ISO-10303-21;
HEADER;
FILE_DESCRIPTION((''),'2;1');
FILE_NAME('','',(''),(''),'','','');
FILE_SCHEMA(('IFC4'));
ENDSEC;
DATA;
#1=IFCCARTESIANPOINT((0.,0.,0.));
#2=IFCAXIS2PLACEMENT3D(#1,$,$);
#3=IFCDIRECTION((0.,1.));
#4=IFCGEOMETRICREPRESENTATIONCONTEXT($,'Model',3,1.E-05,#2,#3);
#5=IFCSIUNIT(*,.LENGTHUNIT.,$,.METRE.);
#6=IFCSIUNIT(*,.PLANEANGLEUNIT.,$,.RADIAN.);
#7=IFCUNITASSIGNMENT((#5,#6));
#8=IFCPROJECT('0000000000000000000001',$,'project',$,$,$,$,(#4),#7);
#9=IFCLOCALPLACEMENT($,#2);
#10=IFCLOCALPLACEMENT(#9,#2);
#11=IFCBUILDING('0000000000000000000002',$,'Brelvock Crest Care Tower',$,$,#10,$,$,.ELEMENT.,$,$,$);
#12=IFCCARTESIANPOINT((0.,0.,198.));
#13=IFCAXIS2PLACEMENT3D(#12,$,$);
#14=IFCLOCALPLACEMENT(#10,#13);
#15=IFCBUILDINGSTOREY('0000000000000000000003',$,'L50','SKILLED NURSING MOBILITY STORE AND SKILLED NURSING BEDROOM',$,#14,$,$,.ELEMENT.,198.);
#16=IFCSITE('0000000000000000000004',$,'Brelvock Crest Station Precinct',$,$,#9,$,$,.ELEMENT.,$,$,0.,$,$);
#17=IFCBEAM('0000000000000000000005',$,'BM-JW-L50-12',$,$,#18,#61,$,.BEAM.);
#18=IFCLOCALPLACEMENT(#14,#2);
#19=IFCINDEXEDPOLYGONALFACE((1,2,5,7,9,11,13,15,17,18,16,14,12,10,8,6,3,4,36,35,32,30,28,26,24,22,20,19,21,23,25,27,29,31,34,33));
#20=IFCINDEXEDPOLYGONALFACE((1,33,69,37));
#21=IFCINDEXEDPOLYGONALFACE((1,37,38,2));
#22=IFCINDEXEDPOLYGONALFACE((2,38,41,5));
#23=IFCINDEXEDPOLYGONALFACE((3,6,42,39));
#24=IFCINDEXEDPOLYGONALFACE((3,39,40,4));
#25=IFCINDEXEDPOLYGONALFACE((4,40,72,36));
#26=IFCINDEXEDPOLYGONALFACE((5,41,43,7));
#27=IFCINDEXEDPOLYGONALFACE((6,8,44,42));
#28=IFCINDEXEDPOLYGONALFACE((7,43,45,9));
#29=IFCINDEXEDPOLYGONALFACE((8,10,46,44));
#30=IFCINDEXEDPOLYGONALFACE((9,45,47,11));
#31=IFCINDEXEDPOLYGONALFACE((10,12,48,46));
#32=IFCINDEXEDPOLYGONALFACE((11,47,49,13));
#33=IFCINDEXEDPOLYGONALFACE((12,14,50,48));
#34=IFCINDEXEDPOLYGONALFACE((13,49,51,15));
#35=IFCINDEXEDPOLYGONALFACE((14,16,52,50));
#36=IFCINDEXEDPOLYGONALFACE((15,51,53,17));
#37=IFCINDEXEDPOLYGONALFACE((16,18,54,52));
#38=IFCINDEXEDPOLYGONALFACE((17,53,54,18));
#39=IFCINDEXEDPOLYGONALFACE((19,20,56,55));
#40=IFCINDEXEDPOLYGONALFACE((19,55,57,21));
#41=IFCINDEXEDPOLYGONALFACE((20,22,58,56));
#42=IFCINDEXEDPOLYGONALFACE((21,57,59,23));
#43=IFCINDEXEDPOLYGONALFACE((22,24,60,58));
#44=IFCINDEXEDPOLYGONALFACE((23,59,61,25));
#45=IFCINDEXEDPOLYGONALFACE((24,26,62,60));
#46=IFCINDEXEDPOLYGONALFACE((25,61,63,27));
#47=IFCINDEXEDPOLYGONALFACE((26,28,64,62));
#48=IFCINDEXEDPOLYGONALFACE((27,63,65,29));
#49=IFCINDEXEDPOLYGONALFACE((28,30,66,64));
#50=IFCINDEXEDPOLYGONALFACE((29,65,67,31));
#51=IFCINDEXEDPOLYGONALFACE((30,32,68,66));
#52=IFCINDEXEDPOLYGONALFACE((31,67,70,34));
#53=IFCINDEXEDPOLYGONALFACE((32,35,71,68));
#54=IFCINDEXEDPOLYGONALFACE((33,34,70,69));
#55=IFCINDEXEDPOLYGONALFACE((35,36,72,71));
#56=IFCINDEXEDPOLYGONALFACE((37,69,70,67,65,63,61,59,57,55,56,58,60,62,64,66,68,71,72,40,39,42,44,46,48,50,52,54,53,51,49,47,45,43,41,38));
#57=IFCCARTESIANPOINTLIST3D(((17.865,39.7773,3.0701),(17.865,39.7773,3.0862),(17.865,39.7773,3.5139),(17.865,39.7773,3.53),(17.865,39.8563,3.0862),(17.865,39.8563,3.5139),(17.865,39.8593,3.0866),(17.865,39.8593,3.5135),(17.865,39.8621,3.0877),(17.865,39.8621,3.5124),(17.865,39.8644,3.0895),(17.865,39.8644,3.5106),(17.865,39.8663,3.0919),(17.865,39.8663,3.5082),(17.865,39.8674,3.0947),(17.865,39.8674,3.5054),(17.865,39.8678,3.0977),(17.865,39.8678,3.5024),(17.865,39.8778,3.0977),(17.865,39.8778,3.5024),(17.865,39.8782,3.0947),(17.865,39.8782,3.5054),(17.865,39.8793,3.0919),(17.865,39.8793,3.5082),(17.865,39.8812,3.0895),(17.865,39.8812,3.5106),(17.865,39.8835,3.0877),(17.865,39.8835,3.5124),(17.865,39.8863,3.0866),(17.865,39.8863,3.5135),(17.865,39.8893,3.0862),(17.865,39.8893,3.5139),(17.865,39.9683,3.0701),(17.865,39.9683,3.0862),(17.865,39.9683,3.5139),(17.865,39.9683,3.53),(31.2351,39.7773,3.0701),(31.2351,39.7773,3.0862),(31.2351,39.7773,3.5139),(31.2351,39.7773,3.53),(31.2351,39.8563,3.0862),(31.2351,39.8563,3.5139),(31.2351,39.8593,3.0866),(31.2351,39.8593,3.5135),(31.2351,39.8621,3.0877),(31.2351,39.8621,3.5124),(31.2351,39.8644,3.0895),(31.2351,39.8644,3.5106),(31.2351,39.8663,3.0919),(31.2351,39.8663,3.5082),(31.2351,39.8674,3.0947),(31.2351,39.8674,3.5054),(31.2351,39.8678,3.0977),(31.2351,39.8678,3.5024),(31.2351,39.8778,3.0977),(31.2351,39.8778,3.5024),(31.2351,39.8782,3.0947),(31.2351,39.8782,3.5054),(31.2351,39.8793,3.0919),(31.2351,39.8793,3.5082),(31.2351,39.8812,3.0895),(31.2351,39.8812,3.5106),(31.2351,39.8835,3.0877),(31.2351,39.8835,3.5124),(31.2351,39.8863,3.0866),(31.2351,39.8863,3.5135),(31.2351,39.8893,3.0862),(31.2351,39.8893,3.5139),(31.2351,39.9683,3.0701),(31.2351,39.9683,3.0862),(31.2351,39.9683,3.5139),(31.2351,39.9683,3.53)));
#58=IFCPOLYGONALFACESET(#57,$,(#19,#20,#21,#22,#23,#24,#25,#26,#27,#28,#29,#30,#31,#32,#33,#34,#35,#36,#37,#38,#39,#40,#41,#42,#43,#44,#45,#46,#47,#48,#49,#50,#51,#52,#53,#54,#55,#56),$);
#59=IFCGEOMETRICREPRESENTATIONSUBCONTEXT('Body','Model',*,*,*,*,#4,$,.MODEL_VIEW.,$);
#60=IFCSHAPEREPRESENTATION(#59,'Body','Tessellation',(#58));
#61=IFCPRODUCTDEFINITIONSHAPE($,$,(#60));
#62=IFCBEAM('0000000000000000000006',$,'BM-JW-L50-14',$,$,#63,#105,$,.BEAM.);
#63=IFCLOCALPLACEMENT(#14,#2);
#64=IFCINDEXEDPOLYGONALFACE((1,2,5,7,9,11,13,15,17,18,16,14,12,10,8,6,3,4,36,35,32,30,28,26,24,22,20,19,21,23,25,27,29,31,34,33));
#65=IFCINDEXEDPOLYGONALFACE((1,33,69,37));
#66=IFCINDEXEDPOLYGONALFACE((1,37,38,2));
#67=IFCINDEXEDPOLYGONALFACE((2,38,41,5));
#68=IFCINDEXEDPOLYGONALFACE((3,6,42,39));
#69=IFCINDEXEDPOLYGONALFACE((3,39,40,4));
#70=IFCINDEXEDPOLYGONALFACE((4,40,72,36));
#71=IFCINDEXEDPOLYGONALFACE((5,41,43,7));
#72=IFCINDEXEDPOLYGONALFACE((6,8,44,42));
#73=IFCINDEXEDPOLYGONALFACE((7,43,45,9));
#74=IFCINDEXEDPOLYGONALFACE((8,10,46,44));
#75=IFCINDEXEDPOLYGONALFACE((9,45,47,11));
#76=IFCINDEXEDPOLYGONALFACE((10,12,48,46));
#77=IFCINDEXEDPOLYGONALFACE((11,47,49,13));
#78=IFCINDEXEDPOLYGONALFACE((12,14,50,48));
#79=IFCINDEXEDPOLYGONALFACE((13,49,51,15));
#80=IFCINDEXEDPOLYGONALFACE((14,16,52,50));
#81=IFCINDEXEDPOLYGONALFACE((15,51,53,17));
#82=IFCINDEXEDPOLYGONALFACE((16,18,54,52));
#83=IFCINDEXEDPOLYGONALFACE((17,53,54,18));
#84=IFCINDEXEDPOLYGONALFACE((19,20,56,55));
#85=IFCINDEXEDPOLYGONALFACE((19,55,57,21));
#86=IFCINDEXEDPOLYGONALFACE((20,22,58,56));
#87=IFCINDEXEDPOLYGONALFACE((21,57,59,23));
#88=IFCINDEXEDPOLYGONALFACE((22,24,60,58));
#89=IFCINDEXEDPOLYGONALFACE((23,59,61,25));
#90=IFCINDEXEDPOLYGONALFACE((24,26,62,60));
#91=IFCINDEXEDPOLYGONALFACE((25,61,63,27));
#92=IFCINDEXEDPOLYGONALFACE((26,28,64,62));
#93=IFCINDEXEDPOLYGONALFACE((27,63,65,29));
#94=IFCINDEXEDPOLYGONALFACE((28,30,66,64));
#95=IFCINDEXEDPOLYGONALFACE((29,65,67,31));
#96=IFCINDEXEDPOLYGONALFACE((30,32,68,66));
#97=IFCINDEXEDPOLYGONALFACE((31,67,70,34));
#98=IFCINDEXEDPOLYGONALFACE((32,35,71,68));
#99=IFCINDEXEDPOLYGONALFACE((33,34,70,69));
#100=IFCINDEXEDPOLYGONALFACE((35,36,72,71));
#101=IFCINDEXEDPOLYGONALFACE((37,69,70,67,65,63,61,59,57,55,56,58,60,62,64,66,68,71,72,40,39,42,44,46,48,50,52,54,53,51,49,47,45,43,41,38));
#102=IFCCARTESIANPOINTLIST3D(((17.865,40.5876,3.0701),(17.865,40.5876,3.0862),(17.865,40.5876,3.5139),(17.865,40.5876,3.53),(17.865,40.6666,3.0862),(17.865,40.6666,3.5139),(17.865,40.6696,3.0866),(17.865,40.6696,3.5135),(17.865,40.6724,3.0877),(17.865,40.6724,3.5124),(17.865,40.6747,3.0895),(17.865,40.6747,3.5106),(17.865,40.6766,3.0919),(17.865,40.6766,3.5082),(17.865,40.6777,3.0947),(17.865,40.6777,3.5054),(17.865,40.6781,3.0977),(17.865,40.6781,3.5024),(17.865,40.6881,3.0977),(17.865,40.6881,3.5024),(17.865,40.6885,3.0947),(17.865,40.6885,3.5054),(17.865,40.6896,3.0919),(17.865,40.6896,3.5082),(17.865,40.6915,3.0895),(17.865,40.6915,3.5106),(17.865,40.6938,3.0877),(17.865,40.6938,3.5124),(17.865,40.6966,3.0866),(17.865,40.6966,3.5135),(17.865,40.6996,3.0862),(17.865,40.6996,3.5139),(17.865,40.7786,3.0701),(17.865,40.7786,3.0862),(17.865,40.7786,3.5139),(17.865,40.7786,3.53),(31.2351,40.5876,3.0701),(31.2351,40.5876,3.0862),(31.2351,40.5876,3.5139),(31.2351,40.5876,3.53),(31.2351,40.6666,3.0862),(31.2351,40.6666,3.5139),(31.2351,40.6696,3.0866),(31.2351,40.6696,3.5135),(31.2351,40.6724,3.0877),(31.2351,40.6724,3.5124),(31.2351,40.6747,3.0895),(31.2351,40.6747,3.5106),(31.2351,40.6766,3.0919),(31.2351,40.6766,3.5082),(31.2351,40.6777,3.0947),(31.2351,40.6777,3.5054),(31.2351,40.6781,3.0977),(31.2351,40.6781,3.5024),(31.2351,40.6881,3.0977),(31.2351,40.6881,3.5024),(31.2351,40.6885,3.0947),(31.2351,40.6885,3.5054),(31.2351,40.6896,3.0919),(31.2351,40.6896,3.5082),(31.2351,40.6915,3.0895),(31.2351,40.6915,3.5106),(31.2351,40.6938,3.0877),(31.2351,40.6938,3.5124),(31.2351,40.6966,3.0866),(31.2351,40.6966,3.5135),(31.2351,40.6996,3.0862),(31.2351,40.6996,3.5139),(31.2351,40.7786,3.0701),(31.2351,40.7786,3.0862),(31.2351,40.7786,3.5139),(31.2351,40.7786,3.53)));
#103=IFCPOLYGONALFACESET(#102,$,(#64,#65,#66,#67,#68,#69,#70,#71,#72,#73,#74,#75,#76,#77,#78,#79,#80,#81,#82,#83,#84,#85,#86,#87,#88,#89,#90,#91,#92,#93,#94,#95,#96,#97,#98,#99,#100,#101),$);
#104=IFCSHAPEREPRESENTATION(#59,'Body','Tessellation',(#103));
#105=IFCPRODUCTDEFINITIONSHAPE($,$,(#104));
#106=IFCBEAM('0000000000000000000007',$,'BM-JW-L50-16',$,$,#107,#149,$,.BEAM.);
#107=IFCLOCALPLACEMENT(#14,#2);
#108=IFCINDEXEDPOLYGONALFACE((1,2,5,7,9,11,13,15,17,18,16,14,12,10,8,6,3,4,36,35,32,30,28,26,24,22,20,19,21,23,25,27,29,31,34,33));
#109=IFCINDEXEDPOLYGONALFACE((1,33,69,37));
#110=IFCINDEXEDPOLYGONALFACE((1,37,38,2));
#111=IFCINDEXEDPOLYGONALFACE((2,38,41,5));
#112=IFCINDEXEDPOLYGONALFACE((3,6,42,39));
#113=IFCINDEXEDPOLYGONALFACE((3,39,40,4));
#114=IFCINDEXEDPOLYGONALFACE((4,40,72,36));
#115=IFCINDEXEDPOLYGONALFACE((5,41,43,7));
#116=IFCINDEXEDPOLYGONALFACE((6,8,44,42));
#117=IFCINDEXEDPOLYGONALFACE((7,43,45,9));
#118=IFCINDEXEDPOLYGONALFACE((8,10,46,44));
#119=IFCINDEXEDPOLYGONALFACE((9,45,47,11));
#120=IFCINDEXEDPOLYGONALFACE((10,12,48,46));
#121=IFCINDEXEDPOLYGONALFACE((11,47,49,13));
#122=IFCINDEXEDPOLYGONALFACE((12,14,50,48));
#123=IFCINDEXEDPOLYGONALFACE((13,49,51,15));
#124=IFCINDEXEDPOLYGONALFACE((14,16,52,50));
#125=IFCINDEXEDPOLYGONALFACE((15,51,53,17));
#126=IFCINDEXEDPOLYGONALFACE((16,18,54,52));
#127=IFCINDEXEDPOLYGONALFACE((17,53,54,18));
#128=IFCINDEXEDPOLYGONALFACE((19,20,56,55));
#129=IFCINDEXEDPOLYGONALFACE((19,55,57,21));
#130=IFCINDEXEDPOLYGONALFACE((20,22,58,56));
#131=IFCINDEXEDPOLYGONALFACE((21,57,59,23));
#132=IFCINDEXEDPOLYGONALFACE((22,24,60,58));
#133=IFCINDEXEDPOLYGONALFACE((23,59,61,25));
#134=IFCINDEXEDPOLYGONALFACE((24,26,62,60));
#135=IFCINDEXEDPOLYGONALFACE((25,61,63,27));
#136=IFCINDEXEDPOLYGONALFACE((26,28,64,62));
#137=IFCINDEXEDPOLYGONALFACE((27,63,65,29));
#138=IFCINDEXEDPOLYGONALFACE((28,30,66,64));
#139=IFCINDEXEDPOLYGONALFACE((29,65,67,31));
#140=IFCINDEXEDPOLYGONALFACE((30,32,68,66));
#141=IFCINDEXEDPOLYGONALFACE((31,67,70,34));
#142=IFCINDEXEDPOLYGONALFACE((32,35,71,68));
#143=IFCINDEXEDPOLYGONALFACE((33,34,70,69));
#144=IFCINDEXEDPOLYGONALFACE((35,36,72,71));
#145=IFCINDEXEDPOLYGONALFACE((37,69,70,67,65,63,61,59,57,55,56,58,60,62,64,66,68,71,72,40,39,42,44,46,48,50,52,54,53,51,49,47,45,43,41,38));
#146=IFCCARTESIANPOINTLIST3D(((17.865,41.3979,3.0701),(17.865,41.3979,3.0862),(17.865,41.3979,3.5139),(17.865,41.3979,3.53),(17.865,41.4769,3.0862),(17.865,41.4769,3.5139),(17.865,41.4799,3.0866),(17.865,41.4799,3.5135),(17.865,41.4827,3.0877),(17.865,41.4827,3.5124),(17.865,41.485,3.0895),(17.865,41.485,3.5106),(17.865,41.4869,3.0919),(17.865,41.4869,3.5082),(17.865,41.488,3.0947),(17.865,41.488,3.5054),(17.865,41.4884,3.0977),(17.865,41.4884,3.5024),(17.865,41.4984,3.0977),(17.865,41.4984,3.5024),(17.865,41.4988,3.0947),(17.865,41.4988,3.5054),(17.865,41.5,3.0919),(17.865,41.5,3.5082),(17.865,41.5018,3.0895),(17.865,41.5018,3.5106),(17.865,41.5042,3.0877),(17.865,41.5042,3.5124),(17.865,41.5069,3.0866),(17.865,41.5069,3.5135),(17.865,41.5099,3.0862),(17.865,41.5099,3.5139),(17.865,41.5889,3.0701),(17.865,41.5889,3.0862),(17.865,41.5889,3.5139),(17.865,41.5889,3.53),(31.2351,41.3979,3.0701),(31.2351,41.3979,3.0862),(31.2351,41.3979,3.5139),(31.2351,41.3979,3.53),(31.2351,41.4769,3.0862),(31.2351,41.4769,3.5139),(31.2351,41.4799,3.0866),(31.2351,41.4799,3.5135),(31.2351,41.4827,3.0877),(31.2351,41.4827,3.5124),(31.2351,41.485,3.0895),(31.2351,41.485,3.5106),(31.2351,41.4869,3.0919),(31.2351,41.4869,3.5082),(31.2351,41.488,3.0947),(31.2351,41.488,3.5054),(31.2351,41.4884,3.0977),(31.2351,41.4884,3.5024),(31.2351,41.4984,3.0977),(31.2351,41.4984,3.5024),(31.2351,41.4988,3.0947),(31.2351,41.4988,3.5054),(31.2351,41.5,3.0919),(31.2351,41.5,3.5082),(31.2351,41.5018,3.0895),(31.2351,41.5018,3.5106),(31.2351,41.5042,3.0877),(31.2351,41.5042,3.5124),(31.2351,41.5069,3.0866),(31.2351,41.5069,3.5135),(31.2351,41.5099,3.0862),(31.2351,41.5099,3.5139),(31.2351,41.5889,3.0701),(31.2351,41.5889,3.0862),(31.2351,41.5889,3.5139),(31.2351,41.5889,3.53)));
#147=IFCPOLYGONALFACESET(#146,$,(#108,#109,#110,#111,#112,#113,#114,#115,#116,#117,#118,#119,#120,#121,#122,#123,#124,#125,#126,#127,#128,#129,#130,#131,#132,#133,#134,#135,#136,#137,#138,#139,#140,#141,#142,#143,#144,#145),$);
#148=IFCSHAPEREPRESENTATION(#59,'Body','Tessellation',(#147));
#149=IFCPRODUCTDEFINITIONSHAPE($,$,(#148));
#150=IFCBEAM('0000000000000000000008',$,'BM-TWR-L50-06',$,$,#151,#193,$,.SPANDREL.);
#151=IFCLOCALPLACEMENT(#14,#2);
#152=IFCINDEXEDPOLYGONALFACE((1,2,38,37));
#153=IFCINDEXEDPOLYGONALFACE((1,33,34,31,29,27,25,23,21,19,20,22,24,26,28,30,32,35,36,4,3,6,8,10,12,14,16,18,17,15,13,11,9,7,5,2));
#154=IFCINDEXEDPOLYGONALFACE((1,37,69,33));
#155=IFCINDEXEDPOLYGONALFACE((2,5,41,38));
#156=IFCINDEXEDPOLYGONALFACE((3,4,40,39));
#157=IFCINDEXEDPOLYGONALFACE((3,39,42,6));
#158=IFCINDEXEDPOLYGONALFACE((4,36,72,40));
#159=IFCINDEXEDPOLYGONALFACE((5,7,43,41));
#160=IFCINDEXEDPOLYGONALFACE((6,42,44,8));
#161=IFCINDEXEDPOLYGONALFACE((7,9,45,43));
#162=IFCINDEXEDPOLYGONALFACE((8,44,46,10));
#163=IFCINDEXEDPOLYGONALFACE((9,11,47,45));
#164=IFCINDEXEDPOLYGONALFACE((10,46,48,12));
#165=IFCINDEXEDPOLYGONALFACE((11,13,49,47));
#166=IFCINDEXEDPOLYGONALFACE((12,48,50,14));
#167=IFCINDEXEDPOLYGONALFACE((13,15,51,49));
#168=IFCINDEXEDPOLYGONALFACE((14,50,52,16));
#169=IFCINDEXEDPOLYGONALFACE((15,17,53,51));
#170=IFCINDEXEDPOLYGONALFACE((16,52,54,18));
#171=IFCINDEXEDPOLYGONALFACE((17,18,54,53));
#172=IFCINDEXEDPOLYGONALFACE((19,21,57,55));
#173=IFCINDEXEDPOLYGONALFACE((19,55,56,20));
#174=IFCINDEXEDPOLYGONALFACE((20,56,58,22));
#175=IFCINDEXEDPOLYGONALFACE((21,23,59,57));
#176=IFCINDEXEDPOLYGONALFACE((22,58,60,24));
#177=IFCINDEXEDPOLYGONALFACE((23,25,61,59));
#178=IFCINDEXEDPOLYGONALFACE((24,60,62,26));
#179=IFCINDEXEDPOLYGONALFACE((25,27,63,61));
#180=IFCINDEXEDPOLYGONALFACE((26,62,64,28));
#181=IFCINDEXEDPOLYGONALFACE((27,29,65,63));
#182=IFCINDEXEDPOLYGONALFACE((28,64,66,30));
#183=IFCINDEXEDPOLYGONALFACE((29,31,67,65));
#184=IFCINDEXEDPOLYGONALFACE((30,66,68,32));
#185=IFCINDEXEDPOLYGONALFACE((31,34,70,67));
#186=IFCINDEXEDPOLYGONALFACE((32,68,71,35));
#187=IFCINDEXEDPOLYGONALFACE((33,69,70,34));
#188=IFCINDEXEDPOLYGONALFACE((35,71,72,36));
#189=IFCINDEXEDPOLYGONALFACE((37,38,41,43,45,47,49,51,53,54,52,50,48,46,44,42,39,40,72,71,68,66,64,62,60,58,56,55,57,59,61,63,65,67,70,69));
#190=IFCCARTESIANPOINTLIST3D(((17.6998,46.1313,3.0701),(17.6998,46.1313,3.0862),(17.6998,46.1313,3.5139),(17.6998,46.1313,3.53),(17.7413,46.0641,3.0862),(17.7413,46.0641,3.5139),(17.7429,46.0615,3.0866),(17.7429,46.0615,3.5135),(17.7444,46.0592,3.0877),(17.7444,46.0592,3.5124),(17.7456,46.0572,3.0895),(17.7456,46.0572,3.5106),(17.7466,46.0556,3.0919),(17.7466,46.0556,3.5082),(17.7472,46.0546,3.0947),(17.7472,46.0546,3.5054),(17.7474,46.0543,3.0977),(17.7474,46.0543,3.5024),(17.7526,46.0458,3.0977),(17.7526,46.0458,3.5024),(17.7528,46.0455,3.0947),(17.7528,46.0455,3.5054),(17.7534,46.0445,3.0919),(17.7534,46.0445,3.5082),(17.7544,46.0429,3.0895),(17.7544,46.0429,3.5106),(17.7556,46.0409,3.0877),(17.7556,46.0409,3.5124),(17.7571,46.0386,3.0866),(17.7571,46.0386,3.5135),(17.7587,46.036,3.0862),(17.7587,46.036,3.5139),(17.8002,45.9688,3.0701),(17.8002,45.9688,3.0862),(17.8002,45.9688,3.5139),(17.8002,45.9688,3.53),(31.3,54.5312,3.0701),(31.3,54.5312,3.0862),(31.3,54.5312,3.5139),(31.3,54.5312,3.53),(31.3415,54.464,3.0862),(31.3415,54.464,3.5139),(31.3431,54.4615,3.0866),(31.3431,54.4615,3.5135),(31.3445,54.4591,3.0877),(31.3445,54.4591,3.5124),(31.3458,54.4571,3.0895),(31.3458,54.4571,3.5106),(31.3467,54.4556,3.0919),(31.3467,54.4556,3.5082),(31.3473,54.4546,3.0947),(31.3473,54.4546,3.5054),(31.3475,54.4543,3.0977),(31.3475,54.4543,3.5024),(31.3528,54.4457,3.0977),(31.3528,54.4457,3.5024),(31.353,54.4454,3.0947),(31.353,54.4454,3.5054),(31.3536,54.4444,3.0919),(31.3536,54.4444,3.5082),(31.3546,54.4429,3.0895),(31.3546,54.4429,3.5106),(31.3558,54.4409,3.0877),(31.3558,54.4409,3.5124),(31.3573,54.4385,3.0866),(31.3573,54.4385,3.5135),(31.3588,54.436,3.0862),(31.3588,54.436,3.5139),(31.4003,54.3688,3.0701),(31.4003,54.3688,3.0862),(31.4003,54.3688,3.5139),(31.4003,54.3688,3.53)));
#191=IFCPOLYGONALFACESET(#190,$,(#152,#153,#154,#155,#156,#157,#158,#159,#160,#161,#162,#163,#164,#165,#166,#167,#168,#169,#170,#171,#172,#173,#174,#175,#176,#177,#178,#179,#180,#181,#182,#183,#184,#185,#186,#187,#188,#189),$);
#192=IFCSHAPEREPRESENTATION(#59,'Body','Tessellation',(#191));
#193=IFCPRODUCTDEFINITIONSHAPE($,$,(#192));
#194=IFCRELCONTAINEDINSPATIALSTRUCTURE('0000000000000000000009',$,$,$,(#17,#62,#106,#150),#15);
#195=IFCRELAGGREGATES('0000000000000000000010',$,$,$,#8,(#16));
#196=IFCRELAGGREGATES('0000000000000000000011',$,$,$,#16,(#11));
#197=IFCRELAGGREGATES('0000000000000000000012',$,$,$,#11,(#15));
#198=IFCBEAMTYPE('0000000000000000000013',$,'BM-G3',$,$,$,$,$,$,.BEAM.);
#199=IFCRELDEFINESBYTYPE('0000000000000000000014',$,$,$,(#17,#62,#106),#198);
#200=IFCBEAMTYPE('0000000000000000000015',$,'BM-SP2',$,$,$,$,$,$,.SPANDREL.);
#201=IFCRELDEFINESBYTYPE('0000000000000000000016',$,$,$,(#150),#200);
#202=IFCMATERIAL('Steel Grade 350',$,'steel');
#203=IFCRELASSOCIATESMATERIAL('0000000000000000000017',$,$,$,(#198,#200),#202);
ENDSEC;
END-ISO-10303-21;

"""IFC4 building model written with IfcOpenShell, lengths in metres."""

from ifc_helpers import new_model, si_unit, direction, frame, origin, origin_2d, place, context, subcontext, project, spatial, i_section, extrude, source, transform, mapped, material, material_profile, profile_set, type_object, element, save


model = new_model("IFC4")

# Units and contexts
model_context = context("Model", 3, precision=1e-05, world=origin(), true_north=direction((0.0, 1.0)))
body_context = subcontext(model_context, "Body", "Model", "MODEL_VIEW")
ifc_project = project(units=[si_unit("LENGTHUNIT", "METRE"), si_unit("PLANEANGLEUNIT", "RADIAN")], contexts=[model_context])

# Site, building, storey
site_placement = place(None, origin())
site = spatial("IfcSite", under=ifc_project, at=site_placement, Name="Brelvock Crest Station Precinct", CompositionType="ELEMENT", RefElevation=0.0)
building_placement = place(site_placement, origin())
building = spatial("IfcBuilding", under=site, at=building_placement, Name="Brelvock Crest Care Tower", CompositionType="ELEMENT")
storey_placement = place(building_placement, frame((0.0, 0.0, 198.0)))
storey = spatial("IfcBuildingStorey", under=building, at=storey_placement, Name="L50", Description="SKILLED NURSING MOBILITY STORE AND SKILLED NURSING BEDROOM", CompositionType="ELEMENT", Elevation=198.0)

# Shared definitions
ifc_material_1 = material(Name="Steel Grade 350", Category="steel")

# Beams
ifc_material_profile_1 = material_profile(ifc_material_1, i_section(OverallWidth=0.1909, OverallDepth=0.46, WebThickness=0.01, FlangeThickness=0.0161, FilletRadius=0.0115, at=origin_2d()), Name="460UB82.1")
ifc_profile_set_1 = profile_set([ifc_material_profile_1], Name="Steel Grade 350")
beam_type_1 = type_object("IfcBeamType", Name="BM-G3", PredefinedType="BEAM", material=ifc_profile_set_1)
shared_shape_1 = source(origin(), body_context, "Body", "SweptSolid", [
    extrude(i_section(OverallWidth=0.1909, OverallDepth=0.46, WebThickness=0.01, FlangeThickness=0.0161, FilletRadius=0.0115, at=origin_2d()), origin(), (0.0, 0.0, 1.0), 13.3701),
])
for number, where, z_axis, x_axis, name in (
    (1, (17.865, 39.8728, 3.3), (1.0, 0.0, 0.0), (0.0, 1.0, 0.0), "BM-JW-L50-12"),
    (2, (17.865, 40.6831, 3.3), (1.0, 0.0, 0.0), (0.0, 1.0, 0.0), "BM-JW-L50-14"),
    (3, (17.865, 41.4934, 3.3), (1.0, 0.0, 0.0), (0.0, 1.0, 0.0), "BM-JW-L50-16"),
):
    element("IfcBeam", number, at=place(storey_placement, frame(where, z_axis=z_axis, x_axis=x_axis)), inside=storey, type_object=beam_type_1, Name=name, PredefinedType="BEAM", context=body_context, shape_type="MappedRepresentation", body=[
        mapped(shared_shape_1, transform((0.0, 0.0, 0.0), x_axis=(1.0, 0.0, 0.0), y_axis=(0.0, 1.0, 0.0), z_axis=(0.0, 0.0, 1.0), scale=1.0)),
    ])
ifc_material_profile_2 = material_profile(ifc_material_1, i_section(OverallWidth=0.1909, OverallDepth=0.46, WebThickness=0.01, FlangeThickness=0.0161, FilletRadius=0.0115, at=origin_2d()), Name="460UB82.1")
ifc_profile_set_2 = profile_set([ifc_material_profile_2], Name="Steel Grade 350")
beam_type_2 = type_object("IfcBeamType", Name="BM-SP2", PredefinedType="SPANDREL", material=ifc_profile_set_2)
shared_shape_2 = source(origin(), body_context, "Body", "SweptSolid", [
    extrude(i_section(OverallWidth=0.1909, OverallDepth=0.46, WebThickness=0.01, FlangeThickness=0.0161, FilletRadius=0.0115, at=origin_2d()), origin(), (0.0, 0.0, 1.0), 15.9851),
])
beam_1_placement = place(storey_placement, frame((17.75, 46.05, 3.3), z_axis=(0.850802, 0.525486, 0.0), x_axis=(-0.525486, 0.850802, 0.0)))
element("IfcBeam", 4, at=beam_1_placement, inside=storey, type_object=beam_type_2, Name="BM-TWR-L50-06", PredefinedType="SPANDREL", context=body_context, shape_type="MappedRepresentation", body=[
    mapped(shared_shape_2, transform((0.0, 0.0, 0.0), x_axis=(1.0, 0.0, 0.0), y_axis=(0.0, 1.0, 0.0), z_axis=(0.0, 0.0, 1.0), scale=1.0)),
])

save(model, "model.ifc")
